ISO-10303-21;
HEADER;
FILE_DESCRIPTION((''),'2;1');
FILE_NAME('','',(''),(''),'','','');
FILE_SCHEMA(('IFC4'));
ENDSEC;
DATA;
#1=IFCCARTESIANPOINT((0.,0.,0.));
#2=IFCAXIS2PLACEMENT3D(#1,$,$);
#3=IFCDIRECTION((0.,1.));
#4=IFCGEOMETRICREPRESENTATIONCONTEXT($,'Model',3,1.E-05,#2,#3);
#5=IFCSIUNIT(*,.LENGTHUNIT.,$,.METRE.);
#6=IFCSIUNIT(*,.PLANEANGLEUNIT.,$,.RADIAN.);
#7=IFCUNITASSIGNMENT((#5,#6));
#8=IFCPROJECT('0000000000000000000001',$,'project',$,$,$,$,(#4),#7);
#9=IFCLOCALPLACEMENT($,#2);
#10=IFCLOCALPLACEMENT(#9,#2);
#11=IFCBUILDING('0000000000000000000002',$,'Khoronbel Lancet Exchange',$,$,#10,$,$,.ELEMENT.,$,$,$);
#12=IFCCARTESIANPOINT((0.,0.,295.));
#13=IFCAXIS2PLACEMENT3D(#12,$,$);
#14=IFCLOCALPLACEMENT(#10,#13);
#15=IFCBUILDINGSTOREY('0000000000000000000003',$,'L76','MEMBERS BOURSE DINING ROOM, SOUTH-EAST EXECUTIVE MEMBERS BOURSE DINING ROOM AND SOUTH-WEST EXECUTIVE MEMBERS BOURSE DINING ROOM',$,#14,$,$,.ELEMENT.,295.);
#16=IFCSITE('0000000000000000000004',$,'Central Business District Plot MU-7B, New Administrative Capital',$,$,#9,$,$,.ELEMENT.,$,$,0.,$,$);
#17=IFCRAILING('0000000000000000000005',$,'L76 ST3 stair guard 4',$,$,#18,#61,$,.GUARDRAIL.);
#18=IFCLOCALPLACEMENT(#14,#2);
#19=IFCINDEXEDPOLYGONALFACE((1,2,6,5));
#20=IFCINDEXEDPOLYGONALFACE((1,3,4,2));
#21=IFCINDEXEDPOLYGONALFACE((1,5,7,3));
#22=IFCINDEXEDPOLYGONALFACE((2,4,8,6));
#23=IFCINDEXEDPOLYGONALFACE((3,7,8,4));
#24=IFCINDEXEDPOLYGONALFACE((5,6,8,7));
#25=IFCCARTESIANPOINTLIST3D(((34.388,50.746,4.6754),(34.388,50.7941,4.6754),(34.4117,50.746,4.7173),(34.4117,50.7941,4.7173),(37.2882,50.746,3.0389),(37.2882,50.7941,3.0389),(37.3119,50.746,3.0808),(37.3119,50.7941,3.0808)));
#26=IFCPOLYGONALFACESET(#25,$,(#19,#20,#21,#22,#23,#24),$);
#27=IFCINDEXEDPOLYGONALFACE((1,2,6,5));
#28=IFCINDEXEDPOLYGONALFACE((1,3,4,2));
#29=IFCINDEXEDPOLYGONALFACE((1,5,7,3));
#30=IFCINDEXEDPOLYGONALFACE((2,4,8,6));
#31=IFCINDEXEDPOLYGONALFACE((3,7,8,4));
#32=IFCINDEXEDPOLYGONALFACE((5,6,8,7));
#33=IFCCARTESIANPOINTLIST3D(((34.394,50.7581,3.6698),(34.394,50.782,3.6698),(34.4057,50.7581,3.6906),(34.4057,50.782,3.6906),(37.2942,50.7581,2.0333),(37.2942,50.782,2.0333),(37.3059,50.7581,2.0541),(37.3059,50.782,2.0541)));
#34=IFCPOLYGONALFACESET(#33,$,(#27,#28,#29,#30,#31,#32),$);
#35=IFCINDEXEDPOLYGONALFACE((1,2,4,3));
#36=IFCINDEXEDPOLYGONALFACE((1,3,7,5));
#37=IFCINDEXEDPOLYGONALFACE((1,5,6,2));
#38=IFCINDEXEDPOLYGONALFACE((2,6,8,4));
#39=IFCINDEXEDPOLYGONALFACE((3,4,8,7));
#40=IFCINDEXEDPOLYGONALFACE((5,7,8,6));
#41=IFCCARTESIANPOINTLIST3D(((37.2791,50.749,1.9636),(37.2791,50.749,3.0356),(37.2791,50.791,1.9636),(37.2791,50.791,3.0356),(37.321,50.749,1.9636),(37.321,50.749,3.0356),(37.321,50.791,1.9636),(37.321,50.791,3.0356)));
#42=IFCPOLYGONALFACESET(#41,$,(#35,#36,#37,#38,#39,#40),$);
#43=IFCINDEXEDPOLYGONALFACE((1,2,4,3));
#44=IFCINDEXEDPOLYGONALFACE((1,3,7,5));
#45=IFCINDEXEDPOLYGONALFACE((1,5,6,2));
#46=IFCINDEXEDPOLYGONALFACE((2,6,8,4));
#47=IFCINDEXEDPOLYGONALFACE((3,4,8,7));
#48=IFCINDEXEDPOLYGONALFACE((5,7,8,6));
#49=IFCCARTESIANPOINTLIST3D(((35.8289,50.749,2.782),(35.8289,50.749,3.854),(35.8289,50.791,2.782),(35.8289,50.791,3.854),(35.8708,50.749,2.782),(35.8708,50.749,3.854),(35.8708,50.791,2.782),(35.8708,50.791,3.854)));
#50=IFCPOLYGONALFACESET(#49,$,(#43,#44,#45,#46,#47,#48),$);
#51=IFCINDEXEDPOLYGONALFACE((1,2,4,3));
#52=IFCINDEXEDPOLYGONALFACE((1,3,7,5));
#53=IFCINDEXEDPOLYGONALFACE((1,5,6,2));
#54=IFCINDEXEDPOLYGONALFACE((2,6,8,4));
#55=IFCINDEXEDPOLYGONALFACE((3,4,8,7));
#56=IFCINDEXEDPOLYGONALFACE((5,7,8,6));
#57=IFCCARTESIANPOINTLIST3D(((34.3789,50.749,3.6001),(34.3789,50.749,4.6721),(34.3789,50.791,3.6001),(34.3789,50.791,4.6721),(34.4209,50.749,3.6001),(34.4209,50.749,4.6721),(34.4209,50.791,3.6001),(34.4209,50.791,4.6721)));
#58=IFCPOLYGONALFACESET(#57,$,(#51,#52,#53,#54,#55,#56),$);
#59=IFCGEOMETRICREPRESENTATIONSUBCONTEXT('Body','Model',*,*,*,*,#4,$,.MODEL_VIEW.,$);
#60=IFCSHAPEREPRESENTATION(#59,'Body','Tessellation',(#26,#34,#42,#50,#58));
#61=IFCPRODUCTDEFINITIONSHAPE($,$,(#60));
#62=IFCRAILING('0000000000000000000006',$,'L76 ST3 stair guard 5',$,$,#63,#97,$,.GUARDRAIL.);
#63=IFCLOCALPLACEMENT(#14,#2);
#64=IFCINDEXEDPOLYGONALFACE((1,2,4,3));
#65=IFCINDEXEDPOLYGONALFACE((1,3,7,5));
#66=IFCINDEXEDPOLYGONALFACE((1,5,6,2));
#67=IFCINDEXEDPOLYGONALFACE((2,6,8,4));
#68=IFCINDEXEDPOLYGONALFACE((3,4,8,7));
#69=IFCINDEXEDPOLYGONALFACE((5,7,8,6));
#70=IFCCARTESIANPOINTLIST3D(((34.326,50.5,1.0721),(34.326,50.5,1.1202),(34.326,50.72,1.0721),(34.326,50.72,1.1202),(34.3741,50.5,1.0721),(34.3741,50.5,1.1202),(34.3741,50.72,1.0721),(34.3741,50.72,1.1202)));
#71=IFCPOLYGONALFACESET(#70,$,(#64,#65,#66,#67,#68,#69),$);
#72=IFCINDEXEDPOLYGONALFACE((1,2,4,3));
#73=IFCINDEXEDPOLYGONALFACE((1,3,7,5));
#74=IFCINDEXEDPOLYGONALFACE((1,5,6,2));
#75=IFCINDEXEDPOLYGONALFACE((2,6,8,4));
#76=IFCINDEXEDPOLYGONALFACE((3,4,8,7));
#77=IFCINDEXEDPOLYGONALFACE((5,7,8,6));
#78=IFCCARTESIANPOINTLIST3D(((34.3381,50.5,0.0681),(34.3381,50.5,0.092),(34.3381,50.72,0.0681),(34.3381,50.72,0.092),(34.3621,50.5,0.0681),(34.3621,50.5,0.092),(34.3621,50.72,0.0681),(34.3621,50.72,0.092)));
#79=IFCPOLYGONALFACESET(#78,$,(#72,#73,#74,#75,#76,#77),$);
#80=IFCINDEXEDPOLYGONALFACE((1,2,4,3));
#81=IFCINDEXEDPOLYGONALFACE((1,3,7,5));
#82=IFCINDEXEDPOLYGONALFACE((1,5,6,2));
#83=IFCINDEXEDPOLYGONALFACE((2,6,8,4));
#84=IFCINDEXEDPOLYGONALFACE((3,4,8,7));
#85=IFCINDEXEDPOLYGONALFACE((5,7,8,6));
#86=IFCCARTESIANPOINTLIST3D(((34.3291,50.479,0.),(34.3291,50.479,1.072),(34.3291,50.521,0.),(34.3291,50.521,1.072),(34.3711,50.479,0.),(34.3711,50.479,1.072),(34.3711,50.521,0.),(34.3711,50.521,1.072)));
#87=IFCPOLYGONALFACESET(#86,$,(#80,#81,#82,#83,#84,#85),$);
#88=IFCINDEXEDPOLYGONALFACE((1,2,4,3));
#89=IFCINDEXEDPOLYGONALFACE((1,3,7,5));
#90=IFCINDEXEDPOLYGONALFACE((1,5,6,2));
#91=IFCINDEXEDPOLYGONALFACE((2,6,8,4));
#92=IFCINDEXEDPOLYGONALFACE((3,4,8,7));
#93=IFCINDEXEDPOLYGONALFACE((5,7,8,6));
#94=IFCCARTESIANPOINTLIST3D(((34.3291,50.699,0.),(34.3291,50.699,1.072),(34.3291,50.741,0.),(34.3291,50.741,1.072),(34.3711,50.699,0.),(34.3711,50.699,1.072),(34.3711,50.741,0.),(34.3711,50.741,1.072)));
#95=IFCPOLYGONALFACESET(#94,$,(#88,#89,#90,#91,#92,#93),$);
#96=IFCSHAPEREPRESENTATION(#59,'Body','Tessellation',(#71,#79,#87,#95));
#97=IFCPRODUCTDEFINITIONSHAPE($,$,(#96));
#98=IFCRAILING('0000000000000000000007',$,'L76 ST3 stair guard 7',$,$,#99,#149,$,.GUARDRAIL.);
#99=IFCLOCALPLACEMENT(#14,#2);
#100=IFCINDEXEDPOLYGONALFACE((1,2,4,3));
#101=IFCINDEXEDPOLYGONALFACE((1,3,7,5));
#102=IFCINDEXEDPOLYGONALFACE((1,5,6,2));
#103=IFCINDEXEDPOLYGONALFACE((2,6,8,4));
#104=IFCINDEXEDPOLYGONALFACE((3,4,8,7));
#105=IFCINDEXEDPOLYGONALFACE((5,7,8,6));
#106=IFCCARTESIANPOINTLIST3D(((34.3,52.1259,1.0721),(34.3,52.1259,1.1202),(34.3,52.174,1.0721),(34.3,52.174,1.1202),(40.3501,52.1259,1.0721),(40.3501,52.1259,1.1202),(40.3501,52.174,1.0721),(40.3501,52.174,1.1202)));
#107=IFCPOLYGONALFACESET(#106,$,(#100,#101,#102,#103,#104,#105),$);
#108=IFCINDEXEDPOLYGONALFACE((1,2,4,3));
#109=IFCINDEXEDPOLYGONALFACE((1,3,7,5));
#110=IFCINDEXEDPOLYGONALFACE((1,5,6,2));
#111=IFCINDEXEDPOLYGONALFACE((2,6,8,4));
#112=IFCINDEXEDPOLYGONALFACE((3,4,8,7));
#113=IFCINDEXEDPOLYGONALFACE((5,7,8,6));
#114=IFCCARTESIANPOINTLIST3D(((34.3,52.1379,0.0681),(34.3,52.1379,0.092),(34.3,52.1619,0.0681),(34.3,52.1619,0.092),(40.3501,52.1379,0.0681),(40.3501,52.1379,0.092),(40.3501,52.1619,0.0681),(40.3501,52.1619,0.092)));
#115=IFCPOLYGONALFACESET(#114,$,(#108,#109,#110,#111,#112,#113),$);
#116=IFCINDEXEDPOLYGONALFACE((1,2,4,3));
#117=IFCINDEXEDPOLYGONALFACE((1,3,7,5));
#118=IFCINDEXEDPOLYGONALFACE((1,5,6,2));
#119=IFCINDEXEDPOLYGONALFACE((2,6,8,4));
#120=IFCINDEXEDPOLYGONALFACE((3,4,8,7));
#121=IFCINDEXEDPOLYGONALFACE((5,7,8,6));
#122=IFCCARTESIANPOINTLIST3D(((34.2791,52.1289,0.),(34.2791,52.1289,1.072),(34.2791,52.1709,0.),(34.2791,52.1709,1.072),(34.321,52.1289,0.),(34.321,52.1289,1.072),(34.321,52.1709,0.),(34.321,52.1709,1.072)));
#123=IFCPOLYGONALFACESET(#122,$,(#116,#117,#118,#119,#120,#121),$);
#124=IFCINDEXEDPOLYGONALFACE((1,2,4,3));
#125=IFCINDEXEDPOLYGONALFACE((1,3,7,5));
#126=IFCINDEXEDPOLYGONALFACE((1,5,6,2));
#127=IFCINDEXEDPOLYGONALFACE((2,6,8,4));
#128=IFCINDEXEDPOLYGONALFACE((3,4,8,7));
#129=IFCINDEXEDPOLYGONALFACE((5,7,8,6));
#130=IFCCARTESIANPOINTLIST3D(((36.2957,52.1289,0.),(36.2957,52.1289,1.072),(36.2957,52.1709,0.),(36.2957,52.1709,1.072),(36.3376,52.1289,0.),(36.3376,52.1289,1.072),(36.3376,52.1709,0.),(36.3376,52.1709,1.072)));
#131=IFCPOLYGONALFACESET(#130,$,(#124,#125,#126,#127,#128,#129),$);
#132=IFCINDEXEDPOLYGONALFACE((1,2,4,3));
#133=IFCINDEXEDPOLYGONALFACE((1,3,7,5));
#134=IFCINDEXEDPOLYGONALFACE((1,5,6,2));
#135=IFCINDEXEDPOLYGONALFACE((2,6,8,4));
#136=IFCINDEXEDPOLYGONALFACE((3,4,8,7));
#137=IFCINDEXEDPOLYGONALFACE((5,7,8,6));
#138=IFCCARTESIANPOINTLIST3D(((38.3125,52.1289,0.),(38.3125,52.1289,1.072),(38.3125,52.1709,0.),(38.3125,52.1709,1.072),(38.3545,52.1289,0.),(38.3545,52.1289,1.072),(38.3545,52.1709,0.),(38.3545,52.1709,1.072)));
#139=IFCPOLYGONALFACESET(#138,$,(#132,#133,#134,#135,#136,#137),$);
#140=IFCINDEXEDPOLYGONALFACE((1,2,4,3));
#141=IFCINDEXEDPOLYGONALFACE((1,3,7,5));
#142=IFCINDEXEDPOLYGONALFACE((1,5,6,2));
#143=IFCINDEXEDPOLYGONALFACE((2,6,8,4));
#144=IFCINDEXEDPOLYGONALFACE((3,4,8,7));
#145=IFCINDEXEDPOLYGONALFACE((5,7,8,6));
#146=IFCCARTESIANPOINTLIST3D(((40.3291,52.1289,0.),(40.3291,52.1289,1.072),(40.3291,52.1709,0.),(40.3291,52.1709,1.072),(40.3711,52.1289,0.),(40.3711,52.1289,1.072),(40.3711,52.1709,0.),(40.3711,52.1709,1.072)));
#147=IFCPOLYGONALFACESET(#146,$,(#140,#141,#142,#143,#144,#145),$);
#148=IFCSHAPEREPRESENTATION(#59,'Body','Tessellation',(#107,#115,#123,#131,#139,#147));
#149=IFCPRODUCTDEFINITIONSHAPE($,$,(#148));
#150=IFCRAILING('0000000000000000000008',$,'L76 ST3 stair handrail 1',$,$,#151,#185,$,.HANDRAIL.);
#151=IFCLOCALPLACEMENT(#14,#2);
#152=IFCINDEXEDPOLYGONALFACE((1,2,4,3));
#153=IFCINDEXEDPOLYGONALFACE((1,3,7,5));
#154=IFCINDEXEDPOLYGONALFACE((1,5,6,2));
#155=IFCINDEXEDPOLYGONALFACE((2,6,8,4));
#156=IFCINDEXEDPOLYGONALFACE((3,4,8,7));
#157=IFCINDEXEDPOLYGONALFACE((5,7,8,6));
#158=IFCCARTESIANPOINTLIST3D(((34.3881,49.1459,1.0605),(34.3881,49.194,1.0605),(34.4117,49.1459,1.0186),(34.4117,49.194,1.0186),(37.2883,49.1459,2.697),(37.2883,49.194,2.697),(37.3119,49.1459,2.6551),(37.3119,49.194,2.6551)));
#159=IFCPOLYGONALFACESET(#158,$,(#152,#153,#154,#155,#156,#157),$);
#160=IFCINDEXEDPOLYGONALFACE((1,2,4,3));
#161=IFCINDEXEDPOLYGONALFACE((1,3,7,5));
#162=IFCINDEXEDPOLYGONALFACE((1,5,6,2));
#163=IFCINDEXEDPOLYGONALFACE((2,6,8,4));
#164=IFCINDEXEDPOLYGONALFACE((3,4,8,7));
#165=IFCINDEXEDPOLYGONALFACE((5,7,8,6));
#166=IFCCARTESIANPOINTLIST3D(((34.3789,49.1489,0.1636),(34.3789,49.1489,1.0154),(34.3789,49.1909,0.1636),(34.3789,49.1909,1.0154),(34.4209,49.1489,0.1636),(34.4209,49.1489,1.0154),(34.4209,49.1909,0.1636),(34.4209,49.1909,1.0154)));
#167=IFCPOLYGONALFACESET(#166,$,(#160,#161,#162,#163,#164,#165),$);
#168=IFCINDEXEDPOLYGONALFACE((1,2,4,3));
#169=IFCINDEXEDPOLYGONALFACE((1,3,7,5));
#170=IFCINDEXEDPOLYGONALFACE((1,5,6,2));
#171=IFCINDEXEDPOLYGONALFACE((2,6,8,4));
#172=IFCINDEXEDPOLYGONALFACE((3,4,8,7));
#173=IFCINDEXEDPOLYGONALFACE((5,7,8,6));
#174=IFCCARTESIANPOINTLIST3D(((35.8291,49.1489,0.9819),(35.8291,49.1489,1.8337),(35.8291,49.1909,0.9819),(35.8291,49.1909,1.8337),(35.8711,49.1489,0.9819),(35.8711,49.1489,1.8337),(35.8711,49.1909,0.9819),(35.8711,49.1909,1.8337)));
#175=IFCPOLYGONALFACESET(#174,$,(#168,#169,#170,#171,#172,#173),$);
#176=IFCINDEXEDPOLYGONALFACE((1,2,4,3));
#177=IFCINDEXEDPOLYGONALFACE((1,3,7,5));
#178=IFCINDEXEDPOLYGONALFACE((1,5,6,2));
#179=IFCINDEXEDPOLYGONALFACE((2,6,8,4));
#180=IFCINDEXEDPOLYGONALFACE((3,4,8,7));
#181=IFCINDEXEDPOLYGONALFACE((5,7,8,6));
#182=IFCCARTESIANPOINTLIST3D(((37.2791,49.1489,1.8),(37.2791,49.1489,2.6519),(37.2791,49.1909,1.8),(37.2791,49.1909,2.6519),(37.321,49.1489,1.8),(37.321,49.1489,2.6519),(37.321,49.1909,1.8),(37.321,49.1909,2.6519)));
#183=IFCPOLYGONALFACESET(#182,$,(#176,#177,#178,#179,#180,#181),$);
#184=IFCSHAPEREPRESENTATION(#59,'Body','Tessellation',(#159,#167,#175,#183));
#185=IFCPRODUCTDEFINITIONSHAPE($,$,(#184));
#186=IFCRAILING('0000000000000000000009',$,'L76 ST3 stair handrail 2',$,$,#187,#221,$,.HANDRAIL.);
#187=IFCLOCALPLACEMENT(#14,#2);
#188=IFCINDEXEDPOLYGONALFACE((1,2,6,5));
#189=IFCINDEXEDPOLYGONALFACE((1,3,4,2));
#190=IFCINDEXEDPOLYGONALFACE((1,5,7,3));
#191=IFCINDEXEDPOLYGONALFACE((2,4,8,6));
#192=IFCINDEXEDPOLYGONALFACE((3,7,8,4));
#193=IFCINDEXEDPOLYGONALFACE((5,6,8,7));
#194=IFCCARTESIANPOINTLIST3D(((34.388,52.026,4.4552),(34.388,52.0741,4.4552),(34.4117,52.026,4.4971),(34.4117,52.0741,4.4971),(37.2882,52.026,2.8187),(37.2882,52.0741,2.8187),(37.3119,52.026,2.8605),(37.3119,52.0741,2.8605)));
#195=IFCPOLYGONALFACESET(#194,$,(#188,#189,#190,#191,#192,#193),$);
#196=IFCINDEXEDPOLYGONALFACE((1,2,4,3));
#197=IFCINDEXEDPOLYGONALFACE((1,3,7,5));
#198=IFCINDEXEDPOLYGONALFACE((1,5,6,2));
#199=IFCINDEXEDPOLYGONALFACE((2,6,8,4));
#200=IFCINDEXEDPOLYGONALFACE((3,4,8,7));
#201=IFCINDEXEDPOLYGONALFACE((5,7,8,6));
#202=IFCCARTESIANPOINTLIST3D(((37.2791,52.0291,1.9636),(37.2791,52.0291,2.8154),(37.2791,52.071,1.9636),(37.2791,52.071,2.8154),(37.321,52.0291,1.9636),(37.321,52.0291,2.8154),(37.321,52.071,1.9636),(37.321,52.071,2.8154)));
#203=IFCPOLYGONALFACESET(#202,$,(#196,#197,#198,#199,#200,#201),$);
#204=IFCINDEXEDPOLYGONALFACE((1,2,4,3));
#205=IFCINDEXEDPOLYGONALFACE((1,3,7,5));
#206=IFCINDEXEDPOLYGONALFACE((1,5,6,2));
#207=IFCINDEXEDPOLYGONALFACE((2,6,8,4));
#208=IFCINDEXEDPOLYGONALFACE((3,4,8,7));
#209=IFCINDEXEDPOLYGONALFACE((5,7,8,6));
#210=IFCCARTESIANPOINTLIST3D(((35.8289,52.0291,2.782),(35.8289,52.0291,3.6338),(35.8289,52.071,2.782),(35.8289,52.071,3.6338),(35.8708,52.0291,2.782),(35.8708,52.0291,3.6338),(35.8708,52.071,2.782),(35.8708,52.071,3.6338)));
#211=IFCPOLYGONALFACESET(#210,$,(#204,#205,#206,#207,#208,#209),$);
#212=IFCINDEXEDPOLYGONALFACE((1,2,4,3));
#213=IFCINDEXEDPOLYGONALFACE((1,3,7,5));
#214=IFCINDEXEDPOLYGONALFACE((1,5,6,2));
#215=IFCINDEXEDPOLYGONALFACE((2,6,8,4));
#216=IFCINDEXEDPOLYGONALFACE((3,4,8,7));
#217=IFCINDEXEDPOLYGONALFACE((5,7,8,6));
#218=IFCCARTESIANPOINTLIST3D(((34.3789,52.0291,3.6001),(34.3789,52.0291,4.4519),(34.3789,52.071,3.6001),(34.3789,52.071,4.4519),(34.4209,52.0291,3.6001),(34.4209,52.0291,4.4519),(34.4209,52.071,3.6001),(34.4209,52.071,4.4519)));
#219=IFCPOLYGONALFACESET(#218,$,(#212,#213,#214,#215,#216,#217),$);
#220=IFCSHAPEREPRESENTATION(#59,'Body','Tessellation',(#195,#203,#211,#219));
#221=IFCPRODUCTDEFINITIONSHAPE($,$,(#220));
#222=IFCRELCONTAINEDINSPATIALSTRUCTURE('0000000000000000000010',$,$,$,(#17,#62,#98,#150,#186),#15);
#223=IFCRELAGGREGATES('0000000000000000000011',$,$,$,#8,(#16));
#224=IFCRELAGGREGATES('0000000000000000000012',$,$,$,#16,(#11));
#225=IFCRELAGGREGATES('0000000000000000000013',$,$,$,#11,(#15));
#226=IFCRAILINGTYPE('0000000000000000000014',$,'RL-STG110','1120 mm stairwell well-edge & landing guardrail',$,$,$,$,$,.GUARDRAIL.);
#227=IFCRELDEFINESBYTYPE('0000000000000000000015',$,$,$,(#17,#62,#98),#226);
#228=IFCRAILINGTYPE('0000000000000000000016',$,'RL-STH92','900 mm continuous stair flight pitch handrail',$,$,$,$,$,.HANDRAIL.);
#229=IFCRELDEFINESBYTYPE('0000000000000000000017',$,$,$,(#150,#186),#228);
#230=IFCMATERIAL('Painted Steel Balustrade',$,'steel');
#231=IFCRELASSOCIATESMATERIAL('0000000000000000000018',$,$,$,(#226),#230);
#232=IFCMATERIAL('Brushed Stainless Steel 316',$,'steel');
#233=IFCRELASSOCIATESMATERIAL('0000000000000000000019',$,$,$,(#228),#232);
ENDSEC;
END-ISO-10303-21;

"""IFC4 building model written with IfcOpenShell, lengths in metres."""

from ifc_helpers import new_model, si_unit, direction, frame, origin, origin_2d, place, context, subcontext, project, spatial, rectangle, extrude, material, type_object, element, save


model = new_model("IFC4")

# Units and contexts
model_context = context("Model", 3, precision=1e-05, world=origin(), true_north=direction((0.0, 1.0)))
body_context = subcontext(model_context, "Body", "Model", "MODEL_VIEW")
ifc_project = project(units=[si_unit("LENGTHUNIT", "METRE"), si_unit("PLANEANGLEUNIT", "RADIAN")], contexts=[model_context])

# Site, building, storey
site_placement = place(None, origin())
site = spatial("IfcSite", under=ifc_project, at=site_placement, Name="Central Business District Plot MU-7B, New Administrative Capital", CompositionType="ELEMENT", RefElevation=0.0)
building_placement = place(site_placement, origin())
building = spatial("IfcBuilding", under=site, at=building_placement, Name="Khoronbel Lancet Exchange", CompositionType="ELEMENT")
storey_placement = place(building_placement, frame((0.0, 0.0, 295.0)))
storey = spatial("IfcBuildingStorey", under=building, at=storey_placement, Name="L76", Description="MEMBERS BOURSE DINING ROOM, SOUTH-EAST EXECUTIVE MEMBERS BOURSE DINING ROOM AND SOUTH-WEST EXECUTIVE MEMBERS BOURSE DINING ROOM", CompositionType="ELEMENT", Elevation=295.0)

# Railings
ifc_material_1 = material(Name="Painted Steel Balustrade", Category="steel")
railing_type_1 = type_object("IfcRailingType", Name="RL-STG110", Description="1120 mm stairwell well-edge & landing guardrail", PredefinedType="GUARDRAIL", material=ifc_material_1)
railing_1_placement = place(storey_placement, frame((37.3, 50.77, 1.9636)))
element("IfcRailing", 1, at=railing_1_placement, inside=storey, type_object=railing_type_1, Name="L76 ST3 stair guard 4", PredefinedType="GUARDRAIL", context=body_context, shape_type="SweptSolid", body=[
    extrude(rectangle(XDim=0.0481, YDim=0.0481, at=origin_2d()), frame((0.0, 0.0, 1.0962), z_axis=(-0.870915, 0.0, 0.491434), x_axis=(0.0, -1.0, 0.0)), (0.0, 0.0, 1.0), 3.3301),
    extrude(rectangle(XDim=0.0239, YDim=0.0239, at=origin_2d()), frame((0.0, 0.0, 0.0801), z_axis=(-0.870915, 0.0, 0.491434), x_axis=(0.0, -1.0, 0.0)), (0.0, 0.0, 1.0), 3.3301),
    extrude(rectangle(XDim=0.042, YDim=0.042, at=origin_2d()), origin(), (0.0, 0.0, 1.0), 1.072),
    extrude(rectangle(XDim=0.042, YDim=0.042, at=origin_2d()), frame((-1.4502, 0.0, 0.8184)), (0.0, 0.0, 1.0), 1.072),
    extrude(rectangle(XDim=0.042, YDim=0.042, at=origin_2d()), frame((-2.9001, 0.0, 1.6365)), (0.0, 0.0, 1.0), 1.072),
])
railing_2_placement = place(storey_placement, frame((34.3501, 50.5, 0.0)))
element("IfcRailing", 2, at=railing_2_placement, inside=storey, type_object=railing_type_1, Name="L76 ST3 stair guard 5", PredefinedType="GUARDRAIL", context=body_context, shape_type="SweptSolid", body=[
    extrude(rectangle(XDim=0.0481, YDim=0.0481, at=origin_2d()), frame((0.0, 0.0, 1.0962), z_axis=(0.0, 1.0, 0.0), x_axis=(-1.0, 0.0, 0.0)), (0.0, 0.0, 1.0), 0.22),
    extrude(rectangle(XDim=0.0239, YDim=0.0239, at=origin_2d()), frame((0.0, 0.0, 0.0801), z_axis=(0.0, 1.0, 0.0), x_axis=(-1.0, 0.0, 0.0)), (0.0, 0.0, 1.0), 0.22),
    extrude(rectangle(XDim=0.042, YDim=0.042, at=origin_2d()), origin(), (0.0, 0.0, 1.0), 1.072),
    extrude(rectangle(XDim=0.042, YDim=0.042, at=origin_2d()), frame((0.0, 0.22, 0.0)), (0.0, 0.0, 1.0), 1.072),
])
railing_3_placement = place(storey_placement, frame((34.3, 52.1499, 0.0)))
element("IfcRailing", 3, at=railing_3_placement, inside=storey, type_object=railing_type_1, Name="L76 ST3 stair guard 7", PredefinedType="GUARDRAIL", context=body_context, shape_type="SweptSolid", body=[
    extrude(rectangle(XDim=0.0481, YDim=0.0481, at=origin_2d()), frame((0.0, 0.0, 1.0962), z_axis=(1.0, 0.0, 0.0), x_axis=(0.0, 1.0, 0.0)), (0.0, 0.0, 1.0), 6.05),
    extrude(rectangle(XDim=0.0239, YDim=0.0239, at=origin_2d()), frame((0.0, 0.0, 0.0801), z_axis=(1.0, 0.0, 0.0), x_axis=(0.0, 1.0, 0.0)), (0.0, 0.0, 1.0), 6.05),
    extrude(rectangle(XDim=0.042, YDim=0.042, at=origin_2d()), origin(), (0.0, 0.0, 1.0), 1.072),
    extrude(rectangle(XDim=0.042, YDim=0.042, at=origin_2d()), frame((2.0166, 0.0, 0.0)), (0.0, 0.0, 1.0), 1.072),
    extrude(rectangle(XDim=0.042, YDim=0.042, at=origin_2d()), frame((4.0334, 0.0, 0.0)), (0.0, 0.0, 1.0), 1.072),
    extrude(rectangle(XDim=0.042, YDim=0.042, at=origin_2d()), frame((6.05, 0.0, 0.0)), (0.0, 0.0, 1.0), 1.072),
])
ifc_material_2 = material(Name="Brushed Stainless Steel 316", Category="steel")
railing_type_2 = type_object("IfcRailingType", Name="RL-STH92", Description="900 mm continuous stair flight pitch handrail", PredefinedType="HANDRAIL", material=ifc_material_2)
railing_4_placement = place(storey_placement, frame((34.3999, 49.1699, 0.1636)))
element("IfcRailing", 4, at=railing_4_placement, inside=storey, type_object=railing_type_2, Name="L76 ST3 stair handrail 1", PredefinedType="HANDRAIL", context=body_context, shape_type="SweptSolid", body=[
    extrude(rectangle(XDim=0.0481, YDim=0.0481, at=origin_2d()), frame((0.0, 0.0, 0.876), z_axis=(0.870915, 0.0, 0.491434), x_axis=(0.0, 1.0, 0.0)), (0.0, 0.0, 1.0), 3.3301),
    extrude(rectangle(XDim=0.042, YDim=0.042, at=origin_2d()), origin(), (0.0, 0.0, 1.0), 0.8518),
    extrude(rectangle(XDim=0.042, YDim=0.042, at=origin_2d()), frame((1.4502, 0.0, 0.8184)), (0.0, 0.0, 1.0), 0.8518),
    extrude(rectangle(XDim=0.042, YDim=0.042, at=origin_2d()), frame((2.9001, 0.0, 1.6365)), (0.0, 0.0, 1.0), 0.8518),
])
railing_5_placement = place(storey_placement, frame((37.3, 52.05, 1.9636)))
element("IfcRailing", 5, at=railing_5_placement, inside=storey, type_object=railing_type_2, Name="L76 ST3 stair handrail 2", PredefinedType="HANDRAIL", context=body_context, shape_type="SweptSolid", body=[
    extrude(rectangle(XDim=0.0481, YDim=0.0481, at=origin_2d()), frame((0.0, 0.0, 0.876), z_axis=(-0.870915, 0.0, 0.491434), x_axis=(0.0, -1.0, 0.0)), (0.0, 0.0, 1.0), 3.3301),
    extrude(rectangle(XDim=0.042, YDim=0.042, at=origin_2d()), origin(), (0.0, 0.0, 1.0), 0.8518),
    extrude(rectangle(XDim=0.042, YDim=0.042, at=origin_2d()), frame((-1.4502, 0.0, 0.8184)), (0.0, 0.0, 1.0), 0.8518),
    extrude(rectangle(XDim=0.042, YDim=0.042, at=origin_2d()), frame((-2.9001, 0.0, 1.6365)), (0.0, 0.0, 1.0), 0.8518),
])

save(model, "model.ifc")
